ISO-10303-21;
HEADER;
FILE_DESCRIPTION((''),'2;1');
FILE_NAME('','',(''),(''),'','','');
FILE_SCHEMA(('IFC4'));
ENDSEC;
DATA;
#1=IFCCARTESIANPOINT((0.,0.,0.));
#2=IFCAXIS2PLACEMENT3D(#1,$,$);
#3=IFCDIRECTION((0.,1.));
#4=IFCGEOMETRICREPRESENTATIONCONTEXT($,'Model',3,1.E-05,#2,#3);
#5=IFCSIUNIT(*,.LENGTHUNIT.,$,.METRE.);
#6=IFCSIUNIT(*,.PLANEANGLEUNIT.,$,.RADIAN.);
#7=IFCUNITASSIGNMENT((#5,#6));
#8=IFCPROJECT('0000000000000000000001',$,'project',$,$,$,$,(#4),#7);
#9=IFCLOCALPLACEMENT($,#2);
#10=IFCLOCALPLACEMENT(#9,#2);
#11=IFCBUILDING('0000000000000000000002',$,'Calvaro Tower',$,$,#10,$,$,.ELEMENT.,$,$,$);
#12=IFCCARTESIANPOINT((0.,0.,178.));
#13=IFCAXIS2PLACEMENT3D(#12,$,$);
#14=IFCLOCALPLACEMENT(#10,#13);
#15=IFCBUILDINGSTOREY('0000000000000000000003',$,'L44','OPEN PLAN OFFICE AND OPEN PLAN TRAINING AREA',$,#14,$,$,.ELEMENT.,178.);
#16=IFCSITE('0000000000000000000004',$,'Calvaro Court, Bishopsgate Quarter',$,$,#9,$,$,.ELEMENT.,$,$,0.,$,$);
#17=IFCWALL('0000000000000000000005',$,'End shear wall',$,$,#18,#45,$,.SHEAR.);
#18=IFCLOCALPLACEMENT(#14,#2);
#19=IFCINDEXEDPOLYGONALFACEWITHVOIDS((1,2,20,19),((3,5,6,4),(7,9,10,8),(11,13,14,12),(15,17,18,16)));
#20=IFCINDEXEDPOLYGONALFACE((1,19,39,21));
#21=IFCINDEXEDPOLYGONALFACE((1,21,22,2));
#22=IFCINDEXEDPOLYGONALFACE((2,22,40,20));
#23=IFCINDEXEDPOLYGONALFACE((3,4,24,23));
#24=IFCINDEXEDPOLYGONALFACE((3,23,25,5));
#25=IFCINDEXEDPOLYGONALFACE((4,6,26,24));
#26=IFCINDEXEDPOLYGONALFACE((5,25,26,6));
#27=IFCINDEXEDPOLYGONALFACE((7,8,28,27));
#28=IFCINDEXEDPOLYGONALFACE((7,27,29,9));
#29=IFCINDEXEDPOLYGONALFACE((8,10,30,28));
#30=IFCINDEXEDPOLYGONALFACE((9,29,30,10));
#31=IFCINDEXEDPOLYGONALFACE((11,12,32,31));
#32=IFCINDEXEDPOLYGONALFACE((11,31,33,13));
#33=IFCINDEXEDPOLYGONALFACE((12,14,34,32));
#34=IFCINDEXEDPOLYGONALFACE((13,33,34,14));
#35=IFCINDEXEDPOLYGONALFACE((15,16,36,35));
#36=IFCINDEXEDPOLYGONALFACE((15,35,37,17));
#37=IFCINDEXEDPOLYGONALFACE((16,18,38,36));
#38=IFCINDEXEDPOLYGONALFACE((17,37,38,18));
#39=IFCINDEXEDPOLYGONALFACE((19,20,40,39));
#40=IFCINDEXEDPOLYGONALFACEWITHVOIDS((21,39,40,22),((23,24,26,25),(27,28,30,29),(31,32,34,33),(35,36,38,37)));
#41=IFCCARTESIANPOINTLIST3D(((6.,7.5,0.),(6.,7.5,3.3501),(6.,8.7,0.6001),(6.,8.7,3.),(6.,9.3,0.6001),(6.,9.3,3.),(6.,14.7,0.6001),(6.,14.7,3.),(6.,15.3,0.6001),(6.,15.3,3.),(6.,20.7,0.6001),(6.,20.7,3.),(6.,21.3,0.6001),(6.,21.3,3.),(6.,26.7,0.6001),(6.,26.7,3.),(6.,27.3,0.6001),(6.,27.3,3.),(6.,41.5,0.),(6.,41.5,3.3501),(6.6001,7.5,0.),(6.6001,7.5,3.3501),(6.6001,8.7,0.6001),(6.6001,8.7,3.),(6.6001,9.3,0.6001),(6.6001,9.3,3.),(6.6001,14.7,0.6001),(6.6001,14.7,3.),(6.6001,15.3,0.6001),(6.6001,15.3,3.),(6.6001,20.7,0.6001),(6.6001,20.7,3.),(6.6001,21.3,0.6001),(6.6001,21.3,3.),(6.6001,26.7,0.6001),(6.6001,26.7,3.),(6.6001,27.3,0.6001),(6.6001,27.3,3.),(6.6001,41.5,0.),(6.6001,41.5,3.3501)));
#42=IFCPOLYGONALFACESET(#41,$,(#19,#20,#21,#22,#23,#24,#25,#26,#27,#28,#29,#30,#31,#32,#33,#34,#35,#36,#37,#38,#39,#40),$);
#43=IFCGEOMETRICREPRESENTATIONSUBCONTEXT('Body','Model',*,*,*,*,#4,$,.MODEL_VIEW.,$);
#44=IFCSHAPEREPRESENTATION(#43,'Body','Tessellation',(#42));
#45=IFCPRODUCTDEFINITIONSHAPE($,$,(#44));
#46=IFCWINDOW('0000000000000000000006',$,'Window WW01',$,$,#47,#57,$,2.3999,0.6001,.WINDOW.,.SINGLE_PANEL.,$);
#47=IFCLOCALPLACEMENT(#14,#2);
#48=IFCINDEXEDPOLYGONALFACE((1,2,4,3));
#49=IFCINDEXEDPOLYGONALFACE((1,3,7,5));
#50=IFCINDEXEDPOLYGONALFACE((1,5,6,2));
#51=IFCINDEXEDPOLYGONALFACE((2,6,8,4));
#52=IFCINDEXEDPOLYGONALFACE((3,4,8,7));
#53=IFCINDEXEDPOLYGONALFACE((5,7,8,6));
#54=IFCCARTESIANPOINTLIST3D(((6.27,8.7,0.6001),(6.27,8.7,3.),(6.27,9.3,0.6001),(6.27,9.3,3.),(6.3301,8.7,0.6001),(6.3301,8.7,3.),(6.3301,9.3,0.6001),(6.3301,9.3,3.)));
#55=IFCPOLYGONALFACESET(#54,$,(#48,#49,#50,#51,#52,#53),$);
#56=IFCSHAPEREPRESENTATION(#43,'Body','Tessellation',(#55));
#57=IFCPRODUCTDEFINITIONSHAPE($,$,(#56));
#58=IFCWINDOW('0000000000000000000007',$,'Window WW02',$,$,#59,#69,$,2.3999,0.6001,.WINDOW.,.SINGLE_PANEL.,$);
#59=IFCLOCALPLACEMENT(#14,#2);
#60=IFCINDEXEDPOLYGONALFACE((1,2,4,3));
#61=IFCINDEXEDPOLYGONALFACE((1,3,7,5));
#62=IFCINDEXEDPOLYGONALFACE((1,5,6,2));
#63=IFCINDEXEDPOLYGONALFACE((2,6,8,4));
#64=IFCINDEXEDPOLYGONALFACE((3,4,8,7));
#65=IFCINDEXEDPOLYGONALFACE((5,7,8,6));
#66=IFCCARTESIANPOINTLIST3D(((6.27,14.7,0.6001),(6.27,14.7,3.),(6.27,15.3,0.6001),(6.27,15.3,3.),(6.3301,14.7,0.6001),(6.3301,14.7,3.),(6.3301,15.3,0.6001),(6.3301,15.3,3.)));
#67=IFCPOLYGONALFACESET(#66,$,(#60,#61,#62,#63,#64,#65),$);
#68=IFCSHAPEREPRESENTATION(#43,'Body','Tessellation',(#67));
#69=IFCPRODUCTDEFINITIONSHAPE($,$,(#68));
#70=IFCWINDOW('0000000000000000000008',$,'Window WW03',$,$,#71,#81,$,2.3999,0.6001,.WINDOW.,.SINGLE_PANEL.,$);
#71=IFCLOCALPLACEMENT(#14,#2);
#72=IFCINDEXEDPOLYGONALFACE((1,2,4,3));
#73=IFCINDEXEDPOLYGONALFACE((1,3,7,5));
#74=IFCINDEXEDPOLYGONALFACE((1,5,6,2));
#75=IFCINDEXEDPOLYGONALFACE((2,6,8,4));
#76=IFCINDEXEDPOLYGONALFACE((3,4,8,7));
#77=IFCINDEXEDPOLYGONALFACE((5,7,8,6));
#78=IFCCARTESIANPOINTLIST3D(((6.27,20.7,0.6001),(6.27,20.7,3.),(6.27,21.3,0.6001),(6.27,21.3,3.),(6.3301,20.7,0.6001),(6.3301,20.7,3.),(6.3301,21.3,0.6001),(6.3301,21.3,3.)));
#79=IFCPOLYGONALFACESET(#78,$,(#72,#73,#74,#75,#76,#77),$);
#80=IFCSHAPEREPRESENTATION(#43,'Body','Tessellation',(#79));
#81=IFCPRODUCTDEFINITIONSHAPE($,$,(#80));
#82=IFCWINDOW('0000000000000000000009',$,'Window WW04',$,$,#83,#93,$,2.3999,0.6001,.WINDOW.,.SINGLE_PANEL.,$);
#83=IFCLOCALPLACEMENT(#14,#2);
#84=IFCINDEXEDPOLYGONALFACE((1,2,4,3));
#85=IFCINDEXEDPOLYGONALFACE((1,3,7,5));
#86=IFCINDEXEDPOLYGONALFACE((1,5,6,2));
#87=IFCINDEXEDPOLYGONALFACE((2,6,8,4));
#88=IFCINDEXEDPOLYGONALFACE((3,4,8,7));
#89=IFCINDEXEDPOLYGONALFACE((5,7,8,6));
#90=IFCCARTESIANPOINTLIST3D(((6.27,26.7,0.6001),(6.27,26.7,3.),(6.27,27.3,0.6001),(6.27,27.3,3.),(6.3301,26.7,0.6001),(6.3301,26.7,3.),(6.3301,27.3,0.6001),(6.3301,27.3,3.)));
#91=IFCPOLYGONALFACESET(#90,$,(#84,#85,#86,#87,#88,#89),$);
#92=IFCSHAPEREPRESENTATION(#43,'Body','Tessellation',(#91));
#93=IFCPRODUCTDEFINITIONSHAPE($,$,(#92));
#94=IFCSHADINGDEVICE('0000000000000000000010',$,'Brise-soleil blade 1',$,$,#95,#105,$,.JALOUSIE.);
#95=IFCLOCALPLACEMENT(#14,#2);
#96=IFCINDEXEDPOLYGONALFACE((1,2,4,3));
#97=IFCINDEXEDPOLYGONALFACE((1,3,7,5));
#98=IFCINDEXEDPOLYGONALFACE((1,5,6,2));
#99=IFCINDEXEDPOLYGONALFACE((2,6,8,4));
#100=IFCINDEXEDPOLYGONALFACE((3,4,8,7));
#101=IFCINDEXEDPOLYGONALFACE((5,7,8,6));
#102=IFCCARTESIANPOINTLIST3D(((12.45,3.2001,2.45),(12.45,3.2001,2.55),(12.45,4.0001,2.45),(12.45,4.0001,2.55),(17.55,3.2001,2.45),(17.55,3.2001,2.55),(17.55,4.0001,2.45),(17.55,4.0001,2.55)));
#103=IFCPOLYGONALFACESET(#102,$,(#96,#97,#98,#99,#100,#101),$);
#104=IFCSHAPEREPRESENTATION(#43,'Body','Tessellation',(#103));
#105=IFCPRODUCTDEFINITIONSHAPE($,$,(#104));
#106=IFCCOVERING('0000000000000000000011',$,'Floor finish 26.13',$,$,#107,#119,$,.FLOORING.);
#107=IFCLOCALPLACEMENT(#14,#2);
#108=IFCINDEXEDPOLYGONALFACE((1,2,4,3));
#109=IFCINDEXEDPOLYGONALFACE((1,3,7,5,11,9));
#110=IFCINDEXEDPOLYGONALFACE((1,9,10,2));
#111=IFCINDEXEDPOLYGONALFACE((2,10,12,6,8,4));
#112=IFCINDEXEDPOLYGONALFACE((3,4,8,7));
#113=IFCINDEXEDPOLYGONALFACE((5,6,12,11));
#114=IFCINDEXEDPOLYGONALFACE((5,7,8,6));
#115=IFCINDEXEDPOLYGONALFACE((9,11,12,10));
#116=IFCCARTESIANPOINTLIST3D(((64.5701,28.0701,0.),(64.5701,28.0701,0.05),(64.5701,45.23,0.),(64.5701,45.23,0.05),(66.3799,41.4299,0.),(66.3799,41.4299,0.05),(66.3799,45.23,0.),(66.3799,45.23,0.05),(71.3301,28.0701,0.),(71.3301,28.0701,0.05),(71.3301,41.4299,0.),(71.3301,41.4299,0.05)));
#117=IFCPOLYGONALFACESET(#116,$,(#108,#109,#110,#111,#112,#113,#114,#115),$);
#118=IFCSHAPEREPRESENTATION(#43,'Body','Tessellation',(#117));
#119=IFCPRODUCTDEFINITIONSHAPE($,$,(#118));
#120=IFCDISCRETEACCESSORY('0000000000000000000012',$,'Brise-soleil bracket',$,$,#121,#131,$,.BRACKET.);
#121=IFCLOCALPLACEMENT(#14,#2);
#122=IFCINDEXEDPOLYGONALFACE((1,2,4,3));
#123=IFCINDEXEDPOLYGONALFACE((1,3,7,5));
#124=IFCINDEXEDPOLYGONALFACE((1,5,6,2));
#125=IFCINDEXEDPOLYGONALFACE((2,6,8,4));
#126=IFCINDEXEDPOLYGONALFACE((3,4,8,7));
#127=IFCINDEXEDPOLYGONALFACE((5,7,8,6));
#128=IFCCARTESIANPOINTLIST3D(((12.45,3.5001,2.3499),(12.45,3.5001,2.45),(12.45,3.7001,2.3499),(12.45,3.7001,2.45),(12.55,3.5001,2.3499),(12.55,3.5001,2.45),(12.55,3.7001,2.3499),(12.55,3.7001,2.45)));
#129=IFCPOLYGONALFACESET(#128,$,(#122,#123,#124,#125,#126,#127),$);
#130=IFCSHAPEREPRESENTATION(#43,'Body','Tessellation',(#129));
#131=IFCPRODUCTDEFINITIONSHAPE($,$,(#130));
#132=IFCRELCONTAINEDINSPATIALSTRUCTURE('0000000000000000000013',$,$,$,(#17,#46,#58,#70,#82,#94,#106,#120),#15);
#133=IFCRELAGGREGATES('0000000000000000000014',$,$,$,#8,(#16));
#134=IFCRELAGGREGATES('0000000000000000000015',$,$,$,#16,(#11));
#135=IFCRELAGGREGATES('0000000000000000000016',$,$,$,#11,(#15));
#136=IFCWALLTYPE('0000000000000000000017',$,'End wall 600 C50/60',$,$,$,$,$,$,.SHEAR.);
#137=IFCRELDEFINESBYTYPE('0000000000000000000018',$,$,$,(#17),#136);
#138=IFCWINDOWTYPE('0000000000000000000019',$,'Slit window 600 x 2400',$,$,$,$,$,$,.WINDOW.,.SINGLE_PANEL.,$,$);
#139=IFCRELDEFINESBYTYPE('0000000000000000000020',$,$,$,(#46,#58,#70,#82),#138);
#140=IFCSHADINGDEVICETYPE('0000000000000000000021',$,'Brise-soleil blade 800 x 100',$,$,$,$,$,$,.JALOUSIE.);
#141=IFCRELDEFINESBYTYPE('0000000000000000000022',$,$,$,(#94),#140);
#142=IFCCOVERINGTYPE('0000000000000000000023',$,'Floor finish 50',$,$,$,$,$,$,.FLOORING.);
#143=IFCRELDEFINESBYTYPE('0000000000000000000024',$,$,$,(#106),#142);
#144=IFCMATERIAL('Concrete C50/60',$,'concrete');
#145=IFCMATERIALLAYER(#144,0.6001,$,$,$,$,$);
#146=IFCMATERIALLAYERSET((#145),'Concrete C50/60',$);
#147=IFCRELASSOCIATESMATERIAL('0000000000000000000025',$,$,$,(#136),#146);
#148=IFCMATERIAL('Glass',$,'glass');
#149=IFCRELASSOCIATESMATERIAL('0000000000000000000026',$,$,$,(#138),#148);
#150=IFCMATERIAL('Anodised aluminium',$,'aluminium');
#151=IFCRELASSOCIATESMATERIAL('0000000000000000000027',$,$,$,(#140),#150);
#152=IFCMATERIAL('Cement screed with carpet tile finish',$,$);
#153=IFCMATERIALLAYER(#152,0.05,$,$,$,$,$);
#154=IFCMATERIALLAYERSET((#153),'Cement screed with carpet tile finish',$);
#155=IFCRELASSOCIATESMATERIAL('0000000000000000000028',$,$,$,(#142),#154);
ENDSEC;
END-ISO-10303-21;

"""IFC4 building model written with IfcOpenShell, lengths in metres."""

from ifc_helpers import new_model, si_unit, direction, frame, frame_2d, origin, origin_2d, place, context, subcontext, project, spatial, polyline, rectangle, outline, extrude, material, layer, layer_set, material_profile, profile_set, type_object, element, fill, save


model = new_model("IFC4")

# Units and contexts
model_context = context("Model", 3, precision=1e-05, world=origin(), true_north=direction((0.0, 1.0)))
body_context = subcontext(model_context, "Body", "Model", "MODEL_VIEW")
ifc_project = project(units=[si_unit("LENGTHUNIT", "METRE"), si_unit("PLANEANGLEUNIT", "RADIAN")], contexts=[model_context])

# Site, building, storey
site_placement = place(None, origin())
site = spatial("IfcSite", under=ifc_project, at=site_placement, Name="Calvaro Court, Bishopsgate Quarter", CompositionType="ELEMENT", RefElevation=0.0)
building_placement = place(site_placement, origin())
building = spatial("IfcBuilding", under=site, at=building_placement, Name="Calvaro Tower", CompositionType="ELEMENT")
storey_placement = place(building_placement, frame((0.0, 0.0, 178.0)))
storey = spatial("IfcBuildingStorey", under=building, at=storey_placement, Name="L44", Description="OPEN PLAN OFFICE AND OPEN PLAN TRAINING AREA", CompositionType="ELEMENT", Elevation=178.0)

# Wall, openings, windows
ifc_material_1 = material(Name="Concrete C50/60", Category="concrete")
ifc_layer_1 = layer(ifc_material_1, 0.6001)
ifc_layer_set_1 = layer_set([ifc_layer_1], Name="Concrete C50/60")
wall_type = type_object("IfcWallType", Name="End wall 600 C50/60", PredefinedType="SHEAR", material=ifc_layer_set_1)
wall_placement = place(storey_placement, frame((6.3, 7.5, 0.0), z_axis=(0.0, 0.0, 1.0), x_axis=(0.0, 1.0, 0.0)))
wall = element("IfcWall", 1, at=wall_placement, inside=storey, type_object=wall_type, Name="End shear wall", PredefinedType="SHEAR", context=body_context, shape_type="SweptSolid", body=[
    extrude(rectangle(XDim=34.0, YDim=0.6001, at=frame_2d((17.0, 0.0))), origin(), (0.0, 0.0, 1.0), 3.3501),
])
opening_1_placement = place(wall_placement, frame((1.2, 0.0, 0.6001)))
opening_1 = element("IfcOpeningElement", 2, at=opening_1_placement, cuts=wall, PredefinedType="OPENING", context=body_context, shape_type="SweptSolid", body=[
    extrude(rectangle(XDim=0.6001, YDim=2.3999, at=frame_2d((0.3, 1.2))), frame((0.0, 0.3101, 0.0), z_axis=(0.0, -1.0, 0.0), x_axis=(1.0, 0.0, 0.0)), (0.0, 0.0, 1.0), 0.6201),
])
opening_2_placement = place(wall_placement, frame((7.2, 0.0, 0.6001)))
opening_2 = element("IfcOpeningElement", 3, at=opening_2_placement, cuts=wall, PredefinedType="OPENING", context=body_context, shape_type="SweptSolid", body=[
    extrude(rectangle(XDim=0.6001, YDim=2.3999, at=frame_2d((0.3, 1.2))), frame((0.0, 0.3101, 0.0), z_axis=(0.0, -1.0, 0.0), x_axis=(1.0, 0.0, 0.0)), (0.0, 0.0, 1.0), 0.6201),
])
opening_3_placement = place(wall_placement, frame((13.2, 0.0, 0.6001)))
opening_3 = element("IfcOpeningElement", 4, at=opening_3_placement, cuts=wall, PredefinedType="OPENING", context=body_context, shape_type="SweptSolid", body=[
    extrude(rectangle(XDim=0.6001, YDim=2.3999, at=frame_2d((0.3, 1.2))), frame((0.0, 0.3101, 0.0), z_axis=(0.0, -1.0, 0.0), x_axis=(1.0, 0.0, 0.0)), (0.0, 0.0, 1.0), 0.6201),
])
opening_4_placement = place(wall_placement, frame((19.2, 0.0, 0.6001)))
opening_4 = element("IfcOpeningElement", 5, at=opening_4_placement, cuts=wall, PredefinedType="OPENING", context=body_context, shape_type="SweptSolid", body=[
    extrude(rectangle(XDim=0.6001, YDim=2.3999, at=frame_2d((0.3, 1.2))), frame((0.0, 0.3101, 0.0), z_axis=(0.0, -1.0, 0.0), x_axis=(1.0, 0.0, 0.0)), (0.0, 0.0, 1.0), 0.6201),
])
ifc_material_2 = material(Name="Glass", Category="glass")
window_type = type_object("IfcWindowType", Name="Slit window 600 x 2400", PartitioningType="SINGLE_PANEL", PredefinedType="WINDOW", material=ifc_material_2)
window_1_placement = place(opening_1_placement, origin())
window_1 = element("IfcWindow", 6, at=window_1_placement, inside=storey, type_object=window_type, Name="Window WW01", OverallHeight=2.3999, OverallWidth=0.6001, PartitioningType="SINGLE_PANEL", PredefinedType="WINDOW", context=body_context, shape_type="SweptSolid", body=[
    extrude(rectangle(XDim=0.6001, YDim=2.3999, at=frame_2d((0.3, 1.2))), frame((0.0, 0.03, 0.0), z_axis=(0.0, -1.0, 0.0), x_axis=(1.0, 0.0, 0.0)), (0.0, 0.0, 1.0), 0.0601),
])
fill(opening_1, window_1)
window_2_placement = place(opening_2_placement, origin())
window_2 = element("IfcWindow", 7, at=window_2_placement, inside=storey, type_object=window_type, Name="Window WW02", OverallHeight=2.3999, OverallWidth=0.6001, PartitioningType="SINGLE_PANEL", PredefinedType="WINDOW", context=body_context, shape_type="SweptSolid", body=[
    extrude(rectangle(XDim=0.6001, YDim=2.3999, at=frame_2d((0.3, 1.2))), frame((0.0, 0.03, 0.0), z_axis=(0.0, -1.0, 0.0), x_axis=(1.0, 0.0, 0.0)), (0.0, 0.0, 1.0), 0.0601),
])
fill(opening_2, window_2)
window_3_placement = place(opening_3_placement, origin())
window_3 = element("IfcWindow", 8, at=window_3_placement, inside=storey, type_object=window_type, Name="Window WW03", OverallHeight=2.3999, OverallWidth=0.6001, PartitioningType="SINGLE_PANEL", PredefinedType="WINDOW", context=body_context, shape_type="SweptSolid", body=[
    extrude(rectangle(XDim=0.6001, YDim=2.3999, at=frame_2d((0.3, 1.2))), frame((0.0, 0.03, 0.0), z_axis=(0.0, -1.0, 0.0), x_axis=(1.0, 0.0, 0.0)), (0.0, 0.0, 1.0), 0.0601),
])
fill(opening_3, window_3)
window_4_placement = place(opening_4_placement, origin())
window_4 = element("IfcWindow", 9, at=window_4_placement, inside=storey, type_object=window_type, Name="Window WW04", OverallHeight=2.3999, OverallWidth=0.6001, PartitioningType="SINGLE_PANEL", PredefinedType="WINDOW", context=body_context, shape_type="SweptSolid", body=[
    extrude(rectangle(XDim=0.6001, YDim=2.3999, at=frame_2d((0.3, 1.2))), frame((0.0, 0.03, 0.0), z_axis=(0.0, -1.0, 0.0), x_axis=(1.0, 0.0, 0.0)), (0.0, 0.0, 1.0), 0.0601),
])
fill(opening_4, window_4)

# Shading device
ifc_material_3 = material(Name="Anodised aluminium", Category="aluminium")
ifc_material_profile_1 = material_profile(ifc_material_3, rectangle(XDim=0.8, YDim=0.1001, at=origin_2d()), Name="Brise-soleil blade 800 x 100")
ifc_profile_set_1 = profile_set([ifc_material_profile_1], Name="Anodised aluminium")
shading_device_type = type_object("IfcShadingDeviceType", Name="Brise-soleil blade 800 x 100", PredefinedType="JALOUSIE", material=ifc_profile_set_1)
shading_device_placement = place(storey_placement, frame((12.45, 3.6001, 2.5), z_axis=(1.0, 0.0, 0.0), x_axis=(0.0, 1.0, 0.0)))
element("IfcShadingDevice", 10, at=shading_device_placement, inside=storey, type_object=shading_device_type, Name="Brise-soleil blade 1", PredefinedType="JALOUSIE", context=body_context, shape_type="SweptSolid", body=[
    extrude(rectangle(XDim=0.8, YDim=0.1001, at=origin_2d()), origin(), (0.0, 0.0, 1.0), 5.1001),
])

# Covering
ifc_material_4 = material(Name="Cement screed with carpet tile finish")
ifc_layer_2 = layer(ifc_material_4, 0.05)
ifc_layer_set_2 = layer_set([ifc_layer_2], Name="Cement screed with carpet tile finish")
covering_type = type_object("IfcCoveringType", Name="Floor finish 50", PredefinedType="FLOORING", material=ifc_layer_set_2)
covering_placement = place(storey_placement, origin())
element("IfcCovering", 11, at=covering_placement, inside=storey, type_object=covering_type, Name="Floor finish 26.13", PredefinedType="FLOORING", context=body_context, shape_type="SweptSolid", body=[
    extrude(outline(polyline([(71.3301, 28.0701), (64.5701, 28.0701), (64.5701, 45.23), (66.3799, 45.23), (66.3799, 41.4299), (71.3301, 41.4299), (71.3301, 28.0701)])), origin(), (0.0, 0.0, 1.0), 0.05),
])

# Discrete accessory
discrete_accessory_placement = place(storey_placement, frame((12.5, 3.6001, 2.3499), z_axis=(0.0, 0.0, 1.0), x_axis=(1.0, 0.0, 0.0)))
element("IfcDiscreteAccessory", 12, at=discrete_accessory_placement, inside=storey, Name="Brise-soleil bracket", PredefinedType="BRACKET", context=body_context, shape_type="SweptSolid", body=[
    extrude(rectangle(XDim=0.1001, YDim=0.2, at=origin_2d()), origin(), (0.0, 0.0, 1.0), 0.1001),
])

save(model, "model.ifc")
